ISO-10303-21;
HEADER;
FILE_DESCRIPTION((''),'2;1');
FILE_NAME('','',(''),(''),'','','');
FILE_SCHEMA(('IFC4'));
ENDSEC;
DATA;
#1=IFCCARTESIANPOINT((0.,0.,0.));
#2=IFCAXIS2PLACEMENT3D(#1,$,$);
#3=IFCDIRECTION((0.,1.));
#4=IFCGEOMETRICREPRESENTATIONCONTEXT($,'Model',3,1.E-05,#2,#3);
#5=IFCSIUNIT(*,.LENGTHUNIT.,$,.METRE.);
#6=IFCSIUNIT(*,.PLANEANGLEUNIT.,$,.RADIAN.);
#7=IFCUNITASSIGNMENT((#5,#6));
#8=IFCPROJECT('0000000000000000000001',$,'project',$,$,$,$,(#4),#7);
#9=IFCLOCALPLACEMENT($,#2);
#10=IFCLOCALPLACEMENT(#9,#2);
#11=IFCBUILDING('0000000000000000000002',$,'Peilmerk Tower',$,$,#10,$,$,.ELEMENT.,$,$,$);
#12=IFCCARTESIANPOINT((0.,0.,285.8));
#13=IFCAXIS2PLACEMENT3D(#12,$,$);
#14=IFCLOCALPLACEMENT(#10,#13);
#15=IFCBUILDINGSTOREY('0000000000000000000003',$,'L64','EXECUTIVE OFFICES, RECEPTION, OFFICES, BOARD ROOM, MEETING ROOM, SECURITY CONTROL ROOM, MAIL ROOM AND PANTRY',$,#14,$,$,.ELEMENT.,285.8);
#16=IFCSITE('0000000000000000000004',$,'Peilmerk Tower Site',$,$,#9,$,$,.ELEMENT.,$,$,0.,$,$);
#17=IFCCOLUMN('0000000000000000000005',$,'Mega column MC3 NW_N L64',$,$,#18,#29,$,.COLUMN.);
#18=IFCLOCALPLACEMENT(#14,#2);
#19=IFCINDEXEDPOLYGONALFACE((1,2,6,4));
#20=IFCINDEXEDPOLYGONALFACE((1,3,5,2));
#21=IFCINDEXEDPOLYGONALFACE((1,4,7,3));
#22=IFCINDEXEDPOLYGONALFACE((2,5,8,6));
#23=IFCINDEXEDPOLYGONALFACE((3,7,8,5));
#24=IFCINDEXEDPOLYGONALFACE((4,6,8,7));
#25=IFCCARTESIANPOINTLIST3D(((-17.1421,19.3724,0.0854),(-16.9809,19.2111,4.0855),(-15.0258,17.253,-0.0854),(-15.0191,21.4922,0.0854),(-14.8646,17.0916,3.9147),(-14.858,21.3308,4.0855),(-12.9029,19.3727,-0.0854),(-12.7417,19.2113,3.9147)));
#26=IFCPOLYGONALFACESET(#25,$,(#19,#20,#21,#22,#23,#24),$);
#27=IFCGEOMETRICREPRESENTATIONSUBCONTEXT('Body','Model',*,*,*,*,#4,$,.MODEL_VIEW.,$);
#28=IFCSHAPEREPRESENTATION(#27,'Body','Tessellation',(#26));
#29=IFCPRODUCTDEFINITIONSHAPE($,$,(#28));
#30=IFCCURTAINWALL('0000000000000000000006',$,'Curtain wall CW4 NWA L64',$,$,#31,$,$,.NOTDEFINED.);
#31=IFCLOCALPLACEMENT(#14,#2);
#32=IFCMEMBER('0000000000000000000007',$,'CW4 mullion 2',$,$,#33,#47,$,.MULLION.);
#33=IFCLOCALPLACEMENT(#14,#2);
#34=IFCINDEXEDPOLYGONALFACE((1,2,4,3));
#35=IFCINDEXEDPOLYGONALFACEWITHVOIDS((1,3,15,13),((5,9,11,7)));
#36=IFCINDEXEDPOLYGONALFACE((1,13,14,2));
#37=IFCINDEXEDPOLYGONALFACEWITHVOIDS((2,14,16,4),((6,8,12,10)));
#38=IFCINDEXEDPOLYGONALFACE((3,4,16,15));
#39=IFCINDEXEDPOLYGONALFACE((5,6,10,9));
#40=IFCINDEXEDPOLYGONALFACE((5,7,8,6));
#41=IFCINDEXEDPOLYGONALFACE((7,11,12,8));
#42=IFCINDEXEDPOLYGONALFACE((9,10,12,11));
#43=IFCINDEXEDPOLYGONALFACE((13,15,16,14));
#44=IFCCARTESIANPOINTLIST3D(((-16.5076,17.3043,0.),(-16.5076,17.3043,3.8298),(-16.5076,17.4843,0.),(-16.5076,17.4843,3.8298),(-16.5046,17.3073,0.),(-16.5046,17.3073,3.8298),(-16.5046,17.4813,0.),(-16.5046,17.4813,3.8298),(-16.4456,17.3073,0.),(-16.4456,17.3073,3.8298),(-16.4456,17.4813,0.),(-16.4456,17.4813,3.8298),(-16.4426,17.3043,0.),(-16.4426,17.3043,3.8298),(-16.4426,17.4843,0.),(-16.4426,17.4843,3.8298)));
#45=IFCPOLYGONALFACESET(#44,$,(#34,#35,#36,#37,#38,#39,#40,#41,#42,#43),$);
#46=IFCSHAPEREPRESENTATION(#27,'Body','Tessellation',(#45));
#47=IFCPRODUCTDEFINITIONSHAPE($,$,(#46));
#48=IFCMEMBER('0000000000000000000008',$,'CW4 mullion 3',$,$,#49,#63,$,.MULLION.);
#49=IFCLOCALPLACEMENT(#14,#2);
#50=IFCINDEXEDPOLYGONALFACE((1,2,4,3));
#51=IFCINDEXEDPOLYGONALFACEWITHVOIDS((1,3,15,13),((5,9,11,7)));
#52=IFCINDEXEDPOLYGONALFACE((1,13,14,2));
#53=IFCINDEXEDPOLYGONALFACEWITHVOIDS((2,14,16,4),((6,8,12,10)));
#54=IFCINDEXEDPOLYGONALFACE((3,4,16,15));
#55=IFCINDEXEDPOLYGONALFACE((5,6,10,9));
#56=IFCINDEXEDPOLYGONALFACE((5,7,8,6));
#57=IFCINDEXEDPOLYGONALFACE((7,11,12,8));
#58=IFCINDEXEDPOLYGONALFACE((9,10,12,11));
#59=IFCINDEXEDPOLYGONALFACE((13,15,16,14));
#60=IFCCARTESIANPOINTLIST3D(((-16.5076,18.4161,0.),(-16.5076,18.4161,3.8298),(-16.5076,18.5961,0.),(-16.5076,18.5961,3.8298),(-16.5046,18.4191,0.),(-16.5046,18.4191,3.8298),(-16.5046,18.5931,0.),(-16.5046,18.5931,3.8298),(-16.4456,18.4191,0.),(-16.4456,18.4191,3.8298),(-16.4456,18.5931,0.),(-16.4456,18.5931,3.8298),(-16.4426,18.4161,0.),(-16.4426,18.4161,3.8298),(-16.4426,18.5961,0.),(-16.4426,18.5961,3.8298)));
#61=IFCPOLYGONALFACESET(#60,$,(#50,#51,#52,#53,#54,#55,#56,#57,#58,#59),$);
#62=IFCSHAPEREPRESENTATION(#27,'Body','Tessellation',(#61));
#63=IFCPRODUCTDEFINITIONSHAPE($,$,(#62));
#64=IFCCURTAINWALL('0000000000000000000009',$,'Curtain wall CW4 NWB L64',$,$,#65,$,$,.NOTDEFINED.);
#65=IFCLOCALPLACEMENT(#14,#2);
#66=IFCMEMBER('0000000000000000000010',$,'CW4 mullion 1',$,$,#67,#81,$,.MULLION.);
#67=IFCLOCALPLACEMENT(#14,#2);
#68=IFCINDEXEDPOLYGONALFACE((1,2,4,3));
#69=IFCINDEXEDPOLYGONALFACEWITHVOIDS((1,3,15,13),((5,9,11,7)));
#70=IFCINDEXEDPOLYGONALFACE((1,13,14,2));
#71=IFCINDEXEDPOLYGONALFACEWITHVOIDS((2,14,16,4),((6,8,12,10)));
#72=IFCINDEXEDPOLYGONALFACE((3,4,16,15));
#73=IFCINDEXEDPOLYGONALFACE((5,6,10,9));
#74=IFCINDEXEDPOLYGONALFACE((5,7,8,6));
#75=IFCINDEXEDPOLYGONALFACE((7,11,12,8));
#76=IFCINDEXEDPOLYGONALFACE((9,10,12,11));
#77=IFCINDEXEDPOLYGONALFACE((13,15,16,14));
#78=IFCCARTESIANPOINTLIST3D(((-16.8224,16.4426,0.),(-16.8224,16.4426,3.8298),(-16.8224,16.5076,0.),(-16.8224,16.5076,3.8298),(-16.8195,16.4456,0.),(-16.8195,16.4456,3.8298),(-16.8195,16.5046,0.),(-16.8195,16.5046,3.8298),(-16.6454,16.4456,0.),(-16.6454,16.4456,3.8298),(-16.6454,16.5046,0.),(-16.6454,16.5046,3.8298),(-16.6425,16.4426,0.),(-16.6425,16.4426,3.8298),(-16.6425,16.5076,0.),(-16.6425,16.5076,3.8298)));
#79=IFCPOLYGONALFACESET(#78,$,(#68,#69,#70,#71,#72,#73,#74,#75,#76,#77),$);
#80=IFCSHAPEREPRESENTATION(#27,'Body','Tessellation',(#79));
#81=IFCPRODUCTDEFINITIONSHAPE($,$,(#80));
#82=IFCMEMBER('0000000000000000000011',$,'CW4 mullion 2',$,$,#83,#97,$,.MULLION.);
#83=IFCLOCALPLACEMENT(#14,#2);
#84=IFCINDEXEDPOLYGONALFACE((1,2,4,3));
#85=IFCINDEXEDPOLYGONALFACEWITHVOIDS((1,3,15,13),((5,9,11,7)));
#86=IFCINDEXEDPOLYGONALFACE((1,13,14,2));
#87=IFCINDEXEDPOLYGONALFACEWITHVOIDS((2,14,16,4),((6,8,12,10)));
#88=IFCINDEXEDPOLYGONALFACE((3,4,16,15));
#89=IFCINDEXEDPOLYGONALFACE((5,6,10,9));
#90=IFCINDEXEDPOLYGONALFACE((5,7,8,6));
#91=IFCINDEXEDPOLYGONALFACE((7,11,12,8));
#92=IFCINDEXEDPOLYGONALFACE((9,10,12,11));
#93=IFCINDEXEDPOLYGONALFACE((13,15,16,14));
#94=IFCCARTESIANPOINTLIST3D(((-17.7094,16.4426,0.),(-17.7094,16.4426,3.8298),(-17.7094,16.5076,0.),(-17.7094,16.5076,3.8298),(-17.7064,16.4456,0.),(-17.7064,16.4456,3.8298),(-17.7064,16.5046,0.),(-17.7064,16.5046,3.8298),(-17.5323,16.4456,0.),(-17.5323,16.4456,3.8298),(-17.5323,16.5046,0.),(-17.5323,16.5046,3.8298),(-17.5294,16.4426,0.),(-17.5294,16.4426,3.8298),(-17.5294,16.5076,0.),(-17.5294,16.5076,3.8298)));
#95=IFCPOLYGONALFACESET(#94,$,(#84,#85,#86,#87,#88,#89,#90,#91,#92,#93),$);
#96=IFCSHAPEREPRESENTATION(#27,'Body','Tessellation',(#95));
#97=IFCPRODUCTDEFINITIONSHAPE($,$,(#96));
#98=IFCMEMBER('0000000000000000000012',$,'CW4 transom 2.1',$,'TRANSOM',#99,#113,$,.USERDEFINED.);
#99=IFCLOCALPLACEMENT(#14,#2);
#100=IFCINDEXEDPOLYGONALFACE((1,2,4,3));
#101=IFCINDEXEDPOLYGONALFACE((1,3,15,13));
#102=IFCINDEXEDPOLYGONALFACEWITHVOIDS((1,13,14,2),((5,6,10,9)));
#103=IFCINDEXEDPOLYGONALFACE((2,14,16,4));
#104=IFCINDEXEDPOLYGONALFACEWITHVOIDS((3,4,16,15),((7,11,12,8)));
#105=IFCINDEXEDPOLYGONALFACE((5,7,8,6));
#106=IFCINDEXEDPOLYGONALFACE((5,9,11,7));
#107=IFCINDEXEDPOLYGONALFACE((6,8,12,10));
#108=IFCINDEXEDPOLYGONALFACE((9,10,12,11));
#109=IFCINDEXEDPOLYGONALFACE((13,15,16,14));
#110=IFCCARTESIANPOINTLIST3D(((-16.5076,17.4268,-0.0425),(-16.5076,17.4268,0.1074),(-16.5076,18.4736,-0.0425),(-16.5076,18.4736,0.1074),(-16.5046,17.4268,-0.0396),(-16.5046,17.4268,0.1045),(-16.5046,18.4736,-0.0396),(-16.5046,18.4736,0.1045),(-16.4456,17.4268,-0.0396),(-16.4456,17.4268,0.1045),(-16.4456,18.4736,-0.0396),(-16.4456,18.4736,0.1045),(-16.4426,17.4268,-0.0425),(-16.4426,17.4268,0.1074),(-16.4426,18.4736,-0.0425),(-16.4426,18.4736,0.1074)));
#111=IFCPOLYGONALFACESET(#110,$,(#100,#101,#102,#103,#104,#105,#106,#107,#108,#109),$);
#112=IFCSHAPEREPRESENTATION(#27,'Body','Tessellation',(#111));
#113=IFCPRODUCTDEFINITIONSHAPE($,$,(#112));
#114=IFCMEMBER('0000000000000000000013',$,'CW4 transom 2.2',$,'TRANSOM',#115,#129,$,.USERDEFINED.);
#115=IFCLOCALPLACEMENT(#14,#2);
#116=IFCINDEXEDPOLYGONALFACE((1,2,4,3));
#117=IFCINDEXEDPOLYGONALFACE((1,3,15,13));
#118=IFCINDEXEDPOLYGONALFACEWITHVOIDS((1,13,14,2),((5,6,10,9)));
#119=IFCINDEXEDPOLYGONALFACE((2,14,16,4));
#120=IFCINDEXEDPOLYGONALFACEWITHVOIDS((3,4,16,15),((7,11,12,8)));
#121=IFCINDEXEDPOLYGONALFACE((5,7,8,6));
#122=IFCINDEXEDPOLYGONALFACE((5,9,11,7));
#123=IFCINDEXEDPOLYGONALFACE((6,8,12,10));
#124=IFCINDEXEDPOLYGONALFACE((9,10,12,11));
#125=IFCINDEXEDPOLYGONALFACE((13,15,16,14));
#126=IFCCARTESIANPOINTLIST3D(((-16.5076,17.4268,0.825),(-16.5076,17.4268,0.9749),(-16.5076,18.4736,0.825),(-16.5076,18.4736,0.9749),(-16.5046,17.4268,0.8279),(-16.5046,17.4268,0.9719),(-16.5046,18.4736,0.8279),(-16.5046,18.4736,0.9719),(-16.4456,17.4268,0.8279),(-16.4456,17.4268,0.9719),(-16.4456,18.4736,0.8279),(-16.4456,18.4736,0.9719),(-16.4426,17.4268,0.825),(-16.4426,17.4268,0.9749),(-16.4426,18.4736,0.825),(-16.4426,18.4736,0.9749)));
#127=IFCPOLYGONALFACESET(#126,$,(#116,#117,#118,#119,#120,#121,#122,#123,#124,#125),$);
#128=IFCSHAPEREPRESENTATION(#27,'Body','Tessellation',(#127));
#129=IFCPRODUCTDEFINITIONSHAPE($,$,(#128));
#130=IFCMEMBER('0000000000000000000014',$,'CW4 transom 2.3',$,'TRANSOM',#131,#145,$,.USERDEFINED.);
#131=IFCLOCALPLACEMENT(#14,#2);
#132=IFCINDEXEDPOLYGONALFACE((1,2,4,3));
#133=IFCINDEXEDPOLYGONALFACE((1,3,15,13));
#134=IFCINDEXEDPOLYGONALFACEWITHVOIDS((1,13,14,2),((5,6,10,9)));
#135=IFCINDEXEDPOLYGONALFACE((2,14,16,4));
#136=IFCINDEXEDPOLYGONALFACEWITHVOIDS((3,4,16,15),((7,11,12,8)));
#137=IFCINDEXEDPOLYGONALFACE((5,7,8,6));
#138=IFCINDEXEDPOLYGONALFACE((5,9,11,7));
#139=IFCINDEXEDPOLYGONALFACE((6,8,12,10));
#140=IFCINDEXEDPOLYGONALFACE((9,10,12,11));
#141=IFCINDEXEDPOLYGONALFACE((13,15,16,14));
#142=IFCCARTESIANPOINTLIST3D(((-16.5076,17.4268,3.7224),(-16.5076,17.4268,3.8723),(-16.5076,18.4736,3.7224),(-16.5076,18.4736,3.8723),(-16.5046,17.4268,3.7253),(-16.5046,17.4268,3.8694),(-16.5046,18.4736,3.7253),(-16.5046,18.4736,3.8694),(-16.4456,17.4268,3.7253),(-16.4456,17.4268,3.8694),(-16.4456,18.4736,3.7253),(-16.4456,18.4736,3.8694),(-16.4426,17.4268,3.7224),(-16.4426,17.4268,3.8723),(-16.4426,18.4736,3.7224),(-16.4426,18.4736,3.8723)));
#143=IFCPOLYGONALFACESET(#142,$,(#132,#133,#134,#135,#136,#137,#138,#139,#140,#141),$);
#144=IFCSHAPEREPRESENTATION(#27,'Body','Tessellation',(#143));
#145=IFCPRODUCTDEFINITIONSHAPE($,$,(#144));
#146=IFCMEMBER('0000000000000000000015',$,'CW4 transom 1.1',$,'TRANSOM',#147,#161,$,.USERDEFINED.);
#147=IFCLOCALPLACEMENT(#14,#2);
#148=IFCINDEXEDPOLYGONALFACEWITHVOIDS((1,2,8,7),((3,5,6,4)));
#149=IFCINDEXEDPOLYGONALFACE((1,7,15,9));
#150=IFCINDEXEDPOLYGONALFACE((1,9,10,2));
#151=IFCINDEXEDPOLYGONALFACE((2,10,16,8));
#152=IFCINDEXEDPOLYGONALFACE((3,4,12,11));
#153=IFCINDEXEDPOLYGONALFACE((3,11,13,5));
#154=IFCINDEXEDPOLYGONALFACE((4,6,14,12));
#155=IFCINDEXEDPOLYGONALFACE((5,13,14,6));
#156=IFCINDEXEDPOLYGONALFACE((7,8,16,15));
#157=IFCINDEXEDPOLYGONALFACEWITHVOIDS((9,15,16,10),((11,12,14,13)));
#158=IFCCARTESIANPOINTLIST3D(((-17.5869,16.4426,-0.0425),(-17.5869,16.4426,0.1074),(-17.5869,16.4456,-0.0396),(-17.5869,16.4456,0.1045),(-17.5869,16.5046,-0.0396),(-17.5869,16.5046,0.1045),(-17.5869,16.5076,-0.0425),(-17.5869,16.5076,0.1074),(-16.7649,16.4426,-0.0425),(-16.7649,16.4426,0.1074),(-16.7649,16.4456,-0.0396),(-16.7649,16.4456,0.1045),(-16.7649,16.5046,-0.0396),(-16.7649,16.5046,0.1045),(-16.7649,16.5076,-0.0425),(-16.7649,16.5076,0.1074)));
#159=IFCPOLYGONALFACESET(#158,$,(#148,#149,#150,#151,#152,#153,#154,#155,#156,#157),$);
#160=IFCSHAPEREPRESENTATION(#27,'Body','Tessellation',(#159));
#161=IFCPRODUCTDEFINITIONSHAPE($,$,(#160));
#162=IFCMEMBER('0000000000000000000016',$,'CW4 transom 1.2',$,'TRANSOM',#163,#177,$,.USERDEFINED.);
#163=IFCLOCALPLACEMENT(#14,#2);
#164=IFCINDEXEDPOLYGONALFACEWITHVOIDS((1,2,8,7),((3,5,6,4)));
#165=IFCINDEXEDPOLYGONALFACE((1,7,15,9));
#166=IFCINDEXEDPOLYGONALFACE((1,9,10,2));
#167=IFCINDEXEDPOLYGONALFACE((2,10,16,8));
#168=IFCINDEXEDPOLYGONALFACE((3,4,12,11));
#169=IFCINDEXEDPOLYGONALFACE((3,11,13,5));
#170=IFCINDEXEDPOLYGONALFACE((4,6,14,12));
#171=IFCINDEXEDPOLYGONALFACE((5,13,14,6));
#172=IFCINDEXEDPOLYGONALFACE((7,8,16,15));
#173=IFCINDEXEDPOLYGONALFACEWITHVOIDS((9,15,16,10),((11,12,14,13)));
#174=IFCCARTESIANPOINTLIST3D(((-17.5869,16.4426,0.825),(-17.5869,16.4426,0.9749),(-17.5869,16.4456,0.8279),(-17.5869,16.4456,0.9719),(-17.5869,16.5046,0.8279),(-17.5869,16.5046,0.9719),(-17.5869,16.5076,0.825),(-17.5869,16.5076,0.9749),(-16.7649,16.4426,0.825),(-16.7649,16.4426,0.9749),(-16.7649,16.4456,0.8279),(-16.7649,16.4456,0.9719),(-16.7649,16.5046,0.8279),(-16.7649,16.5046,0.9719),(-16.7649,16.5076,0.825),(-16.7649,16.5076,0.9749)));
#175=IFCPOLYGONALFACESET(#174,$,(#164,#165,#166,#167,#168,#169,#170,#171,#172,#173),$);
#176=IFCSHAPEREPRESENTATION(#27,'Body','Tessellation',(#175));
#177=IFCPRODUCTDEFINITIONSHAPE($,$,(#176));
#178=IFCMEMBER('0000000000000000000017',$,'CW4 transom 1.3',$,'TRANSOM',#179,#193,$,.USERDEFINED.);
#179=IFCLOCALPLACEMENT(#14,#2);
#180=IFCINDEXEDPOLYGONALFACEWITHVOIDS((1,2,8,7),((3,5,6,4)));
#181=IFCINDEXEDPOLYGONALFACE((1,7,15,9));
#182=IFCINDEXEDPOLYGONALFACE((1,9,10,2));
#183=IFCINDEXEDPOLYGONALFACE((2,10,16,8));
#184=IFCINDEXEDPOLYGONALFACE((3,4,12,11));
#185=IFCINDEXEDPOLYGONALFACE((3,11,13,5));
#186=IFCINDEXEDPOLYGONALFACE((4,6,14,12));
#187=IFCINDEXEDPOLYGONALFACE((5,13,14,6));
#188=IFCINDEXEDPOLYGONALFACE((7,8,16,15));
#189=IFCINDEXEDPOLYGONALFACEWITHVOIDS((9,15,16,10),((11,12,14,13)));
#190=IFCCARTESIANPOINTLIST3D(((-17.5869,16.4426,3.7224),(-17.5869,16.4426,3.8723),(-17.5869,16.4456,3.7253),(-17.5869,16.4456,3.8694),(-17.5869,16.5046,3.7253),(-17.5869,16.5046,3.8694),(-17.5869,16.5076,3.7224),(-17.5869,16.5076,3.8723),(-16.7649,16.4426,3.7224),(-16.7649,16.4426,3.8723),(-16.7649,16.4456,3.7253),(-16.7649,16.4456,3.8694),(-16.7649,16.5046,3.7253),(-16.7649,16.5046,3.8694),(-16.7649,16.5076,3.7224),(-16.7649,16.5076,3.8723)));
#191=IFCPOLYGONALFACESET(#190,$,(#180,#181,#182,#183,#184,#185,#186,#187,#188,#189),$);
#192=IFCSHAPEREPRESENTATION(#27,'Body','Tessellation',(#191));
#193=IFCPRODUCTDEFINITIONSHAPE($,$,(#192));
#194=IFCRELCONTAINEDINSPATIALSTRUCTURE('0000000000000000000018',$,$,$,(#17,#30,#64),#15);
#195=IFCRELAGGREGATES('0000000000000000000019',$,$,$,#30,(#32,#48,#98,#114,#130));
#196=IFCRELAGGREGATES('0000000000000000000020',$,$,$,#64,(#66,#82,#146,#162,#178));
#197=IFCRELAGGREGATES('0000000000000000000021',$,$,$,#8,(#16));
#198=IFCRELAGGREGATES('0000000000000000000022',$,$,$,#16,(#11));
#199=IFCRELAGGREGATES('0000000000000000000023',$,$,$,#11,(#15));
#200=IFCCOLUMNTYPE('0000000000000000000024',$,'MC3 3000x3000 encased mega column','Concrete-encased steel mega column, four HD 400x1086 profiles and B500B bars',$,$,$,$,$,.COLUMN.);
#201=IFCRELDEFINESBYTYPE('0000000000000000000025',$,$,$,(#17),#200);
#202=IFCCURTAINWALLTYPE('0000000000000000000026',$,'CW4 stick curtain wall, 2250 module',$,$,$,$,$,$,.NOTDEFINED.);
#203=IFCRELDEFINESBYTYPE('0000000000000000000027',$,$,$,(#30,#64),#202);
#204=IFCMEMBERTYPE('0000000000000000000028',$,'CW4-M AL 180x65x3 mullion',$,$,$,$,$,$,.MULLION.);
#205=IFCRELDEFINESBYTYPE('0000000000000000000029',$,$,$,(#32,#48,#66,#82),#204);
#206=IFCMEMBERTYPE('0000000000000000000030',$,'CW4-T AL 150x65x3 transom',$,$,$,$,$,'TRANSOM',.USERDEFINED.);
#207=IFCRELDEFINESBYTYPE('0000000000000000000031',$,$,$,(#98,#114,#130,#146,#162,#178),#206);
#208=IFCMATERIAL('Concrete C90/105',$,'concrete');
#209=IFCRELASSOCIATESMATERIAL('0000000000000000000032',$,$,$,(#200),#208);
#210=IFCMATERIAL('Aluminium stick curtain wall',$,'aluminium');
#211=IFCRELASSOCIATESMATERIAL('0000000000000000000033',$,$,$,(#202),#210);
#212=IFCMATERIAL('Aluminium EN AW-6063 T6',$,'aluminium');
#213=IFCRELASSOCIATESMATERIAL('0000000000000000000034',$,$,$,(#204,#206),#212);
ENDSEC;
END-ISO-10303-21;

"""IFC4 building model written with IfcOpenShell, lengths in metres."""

from ifc_helpers import new_model, si_unit, direction, frame, origin, origin_2d, place, context, subcontext, project, spatial, rectangle, hollow_rectangle, extrude, material, material_profile, profile_set, type_object, element, aggregate, save


model = new_model("IFC4")

# Units and contexts
model_context = context("Model", 3, precision=1e-05, world=origin(), true_north=direction((0.0, 1.0)))
body_context = subcontext(model_context, "Body", "Model", "MODEL_VIEW")
ifc_project = project(units=[si_unit("LENGTHUNIT", "METRE"), si_unit("PLANEANGLEUNIT", "RADIAN")], contexts=[model_context])

# Site, building, storey
site_placement = place(None, origin())
site = spatial("IfcSite", under=ifc_project, at=site_placement, Name="Peilmerk Tower Site", CompositionType="ELEMENT", RefElevation=0.0)
building_placement = place(site_placement, origin())
building = spatial("IfcBuilding", under=site, at=building_placement, Name="Peilmerk Tower", CompositionType="ELEMENT")
storey_placement = place(building_placement, frame((0.0, 0.0, 285.8)))
storey = spatial("IfcBuildingStorey", under=building, at=storey_placement, Name="L64", Description="EXECUTIVE OFFICES, RECEPTION, OFFICES, BOARD ROOM, MEETING ROOM, SECURITY CONTROL ROOM, MAIL ROOM AND PANTRY", CompositionType="ELEMENT", Elevation=285.8)

# Column
ifc_material_1 = material(Name="Concrete C90/105", Category="concrete")
ifc_material_profile_1 = material_profile(ifc_material_1, rectangle(XDim=3.0, YDim=3.0, at=origin_2d()), Name="RC 3000x3000")
ifc_profile_set_1 = profile_set([ifc_material_profile_1], Name="Concrete C90/105")
column_type = type_object("IfcColumnType", Name="MC3 3000x3000 encased mega column", Description="Concrete-encased steel mega column, four HD 400x1086 profiles and B500B bars", PredefinedType="COLUMN", material=ifc_profile_set_1)
column_placement = place(storey_placement, frame((-15.0225, 19.3726, 0.0), z_axis=(0.040218, -0.040279, 0.998379), x_axis=(0.707642, 0.706571, 0.0)))
element("IfcColumn", 1, at=column_placement, inside=storey, type_object=column_type, Name="Mega column MC3 NW_N L64", PredefinedType="COLUMN", context=body_context, shape_type="SweptSolid", body=[
    extrude(rectangle(XDim=3.0, YDim=3.0, at=origin_2d()), origin(), (0.0, 0.0, 1.0), 4.0066),
])

# Curtain walls, members
ifc_material_2 = material(Name="Aluminium stick curtain wall", Category="aluminium")
curtain_wall_type = type_object("IfcCurtainWallType", Name="CW4 stick curtain wall, 2250 module", PredefinedType="NOTDEFINED", material=ifc_material_2)
curtain_wall_1_placement = place(storey_placement, origin())
curtain_wall_1 = element("IfcCurtainWall", 2, at=curtain_wall_1_placement, inside=storey, type_object=curtain_wall_type, Name="Curtain wall CW4 NWA L64", PredefinedType="NOTDEFINED")
ifc_material_3 = material(Name="Aluminium EN AW-6063 T6", Category="aluminium")
ifc_material_profile_2 = material_profile(ifc_material_3, hollow_rectangle(XDim=0.0649, YDim=0.1799, WallThickness=0.0029, at=origin_2d()), Name="AL 180x65x3")
ifc_profile_set_2 = profile_set([ifc_material_profile_2], Name="Aluminium EN AW-6063 T6")
member_type_1 = type_object("IfcMemberType", Name="CW4-M AL 180x65x3 mullion", PredefinedType="MULLION", material=ifc_profile_set_2)
member_1_placement = place(storey_placement, frame((-16.4751, 17.3943, 0.0), z_axis=(0.0, 0.0, 1.0), x_axis=(-1.0, 0.0, 0.0)))
member_1 = element("IfcMember", 3, at=member_1_placement, type_object=member_type_1, Name="CW4 mullion 2", PredefinedType="MULLION", context=body_context, shape_type="SweptSolid", body=[
    extrude(hollow_rectangle(XDim=0.0649, YDim=0.1799, WallThickness=0.0029, at=origin_2d()), origin(), (0.0, 0.0, 1.0), 3.8298),
])
member_2_placement = place(storey_placement, frame((-16.4751, 18.5061, 0.0), z_axis=(0.0, 0.0, 1.0), x_axis=(-1.0, 0.0, 0.0)))
member_2 = element("IfcMember", 4, at=member_2_placement, type_object=member_type_1, Name="CW4 mullion 3", PredefinedType="MULLION", context=body_context, shape_type="SweptSolid", body=[
    extrude(hollow_rectangle(XDim=0.0649, YDim=0.1799, WallThickness=0.0029, at=origin_2d()), origin(), (0.0, 0.0, 1.0), 3.8298),
])
curtain_wall_2_placement = place(storey_placement, origin())
curtain_wall_2 = element("IfcCurtainWall", 5, at=curtain_wall_2_placement, inside=storey, type_object=curtain_wall_type, Name="Curtain wall CW4 NWB L64", PredefinedType="NOTDEFINED")
member_3_placement = place(storey_placement, frame((-16.7324, 16.4751, 0.0), z_axis=(0.0, 0.0, 1.0), x_axis=(0.0, -1.0, 0.0)))
member_3 = element("IfcMember", 6, at=member_3_placement, type_object=member_type_1, Name="CW4 mullion 1", PredefinedType="MULLION", context=body_context, shape_type="SweptSolid", body=[
    extrude(hollow_rectangle(XDim=0.0649, YDim=0.1799, WallThickness=0.0029, at=origin_2d()), origin(), (0.0, 0.0, 1.0), 3.8298),
])
member_4_placement = place(storey_placement, frame((-17.6194, 16.4751, 0.0), z_axis=(0.0, 0.0, 1.0), x_axis=(0.0, -1.0, 0.0)))
member_4 = element("IfcMember", 7, at=member_4_placement, type_object=member_type_1, Name="CW4 mullion 2", PredefinedType="MULLION", context=body_context, shape_type="SweptSolid", body=[
    extrude(hollow_rectangle(XDim=0.0649, YDim=0.1799, WallThickness=0.0029, at=origin_2d()), origin(), (0.0, 0.0, 1.0), 3.8298),
])

# Members
ifc_material_profile_3 = material_profile(ifc_material_3, hollow_rectangle(XDim=0.0649, YDim=0.1499, WallThickness=0.0029, at=origin_2d()), Name="AL 150x65x3")
ifc_profile_set_3 = profile_set([ifc_material_profile_3], Name="Aluminium EN AW-6063 T6")
member_type_2 = type_object("IfcMemberType", Name="CW4-T AL 150x65x3 transom", ElementType="TRANSOM", PredefinedType="USERDEFINED", material=ifc_profile_set_3)
member_5_placement = place(storey_placement, frame((-16.4751, 17.4268, 0.0325), z_axis=(0.0, 1.0, 0.0), x_axis=(-1.0, 0.0, 0.0)))
member_5 = element("IfcMember", 8, at=member_5_placement, type_object=member_type_2, Name="CW4 transom 2.1", ObjectType="TRANSOM", PredefinedType="USERDEFINED", context=body_context, shape_type="SweptSolid", body=[
    extrude(hollow_rectangle(XDim=0.0649, YDim=0.1499, WallThickness=0.0029, at=origin_2d()), origin(), (0.0, 0.0, 1.0), 1.0469),
])
member_6_placement = place(storey_placement, frame((-16.4751, 17.4268, 0.8999), z_axis=(0.0, 1.0, 0.0), x_axis=(-1.0, 0.0, 0.0)))
member_6 = element("IfcMember", 9, at=member_6_placement, type_object=member_type_2, Name="CW4 transom 2.2", ObjectType="TRANSOM", PredefinedType="USERDEFINED", context=body_context, shape_type="SweptSolid", body=[
    extrude(hollow_rectangle(XDim=0.0649, YDim=0.1499, WallThickness=0.0029, at=origin_2d()), origin(), (0.0, 0.0, 1.0), 1.0469),
])
member_7_placement = place(storey_placement, frame((-16.4751, 17.4268, 3.7974), z_axis=(0.0, 1.0, 0.0), x_axis=(-1.0, 0.0, 0.0)))
member_7 = element("IfcMember", 10, at=member_7_placement, type_object=member_type_2, Name="CW4 transom 2.3", ObjectType="TRANSOM", PredefinedType="USERDEFINED", context=body_context, shape_type="SweptSolid", body=[
    extrude(hollow_rectangle(XDim=0.0649, YDim=0.1499, WallThickness=0.0029, at=origin_2d()), origin(), (0.0, 0.0, 1.0), 1.0469),
])
member_8_placement = place(storey_placement, frame((-16.7649, 16.4751, 0.0325), z_axis=(-1.0, 0.0, 0.0), x_axis=(0.0, -1.0, 0.0)))
member_8 = element("IfcMember", 11, at=member_8_placement, type_object=member_type_2, Name="CW4 transom 1.1", ObjectType="TRANSOM", PredefinedType="USERDEFINED", context=body_context, shape_type="SweptSolid", body=[
    extrude(hollow_rectangle(XDim=0.0649, YDim=0.1499, WallThickness=0.0029, at=origin_2d()), origin(), (0.0, 0.0, 1.0), 0.822),
])
member_9_placement = place(storey_placement, frame((-16.7649, 16.4751, 0.8999), z_axis=(-1.0, 0.0, 0.0), x_axis=(0.0, -1.0, 0.0)))
member_9 = element("IfcMember", 12, at=member_9_placement, type_object=member_type_2, Name="CW4 transom 1.2", ObjectType="TRANSOM", PredefinedType="USERDEFINED", context=body_context, shape_type="SweptSolid", body=[
    extrude(hollow_rectangle(XDim=0.0649, YDim=0.1499, WallThickness=0.0029, at=origin_2d()), origin(), (0.0, 0.0, 1.0), 0.822),
])
member_10_placement = place(storey_placement, frame((-16.7649, 16.4751, 3.7974), z_axis=(-1.0, 0.0, 0.0), x_axis=(0.0, -1.0, 0.0)))
member_10 = element("IfcMember", 13, at=member_10_placement, type_object=member_type_2, Name="CW4 transom 1.3", ObjectType="TRANSOM", PredefinedType="USERDEFINED", context=body_context, shape_type="SweptSolid", body=[
    extrude(hollow_rectangle(XDim=0.0649, YDim=0.1499, WallThickness=0.0029, at=origin_2d()), origin(), (0.0, 0.0, 1.0), 0.822),
])

aggregate(curtain_wall_1, [member_1, member_2, member_5, member_6, member_7])
aggregate(curtain_wall_2, [member_3, member_4, member_8, member_9, member_10])

save(model, "model.ifc")
